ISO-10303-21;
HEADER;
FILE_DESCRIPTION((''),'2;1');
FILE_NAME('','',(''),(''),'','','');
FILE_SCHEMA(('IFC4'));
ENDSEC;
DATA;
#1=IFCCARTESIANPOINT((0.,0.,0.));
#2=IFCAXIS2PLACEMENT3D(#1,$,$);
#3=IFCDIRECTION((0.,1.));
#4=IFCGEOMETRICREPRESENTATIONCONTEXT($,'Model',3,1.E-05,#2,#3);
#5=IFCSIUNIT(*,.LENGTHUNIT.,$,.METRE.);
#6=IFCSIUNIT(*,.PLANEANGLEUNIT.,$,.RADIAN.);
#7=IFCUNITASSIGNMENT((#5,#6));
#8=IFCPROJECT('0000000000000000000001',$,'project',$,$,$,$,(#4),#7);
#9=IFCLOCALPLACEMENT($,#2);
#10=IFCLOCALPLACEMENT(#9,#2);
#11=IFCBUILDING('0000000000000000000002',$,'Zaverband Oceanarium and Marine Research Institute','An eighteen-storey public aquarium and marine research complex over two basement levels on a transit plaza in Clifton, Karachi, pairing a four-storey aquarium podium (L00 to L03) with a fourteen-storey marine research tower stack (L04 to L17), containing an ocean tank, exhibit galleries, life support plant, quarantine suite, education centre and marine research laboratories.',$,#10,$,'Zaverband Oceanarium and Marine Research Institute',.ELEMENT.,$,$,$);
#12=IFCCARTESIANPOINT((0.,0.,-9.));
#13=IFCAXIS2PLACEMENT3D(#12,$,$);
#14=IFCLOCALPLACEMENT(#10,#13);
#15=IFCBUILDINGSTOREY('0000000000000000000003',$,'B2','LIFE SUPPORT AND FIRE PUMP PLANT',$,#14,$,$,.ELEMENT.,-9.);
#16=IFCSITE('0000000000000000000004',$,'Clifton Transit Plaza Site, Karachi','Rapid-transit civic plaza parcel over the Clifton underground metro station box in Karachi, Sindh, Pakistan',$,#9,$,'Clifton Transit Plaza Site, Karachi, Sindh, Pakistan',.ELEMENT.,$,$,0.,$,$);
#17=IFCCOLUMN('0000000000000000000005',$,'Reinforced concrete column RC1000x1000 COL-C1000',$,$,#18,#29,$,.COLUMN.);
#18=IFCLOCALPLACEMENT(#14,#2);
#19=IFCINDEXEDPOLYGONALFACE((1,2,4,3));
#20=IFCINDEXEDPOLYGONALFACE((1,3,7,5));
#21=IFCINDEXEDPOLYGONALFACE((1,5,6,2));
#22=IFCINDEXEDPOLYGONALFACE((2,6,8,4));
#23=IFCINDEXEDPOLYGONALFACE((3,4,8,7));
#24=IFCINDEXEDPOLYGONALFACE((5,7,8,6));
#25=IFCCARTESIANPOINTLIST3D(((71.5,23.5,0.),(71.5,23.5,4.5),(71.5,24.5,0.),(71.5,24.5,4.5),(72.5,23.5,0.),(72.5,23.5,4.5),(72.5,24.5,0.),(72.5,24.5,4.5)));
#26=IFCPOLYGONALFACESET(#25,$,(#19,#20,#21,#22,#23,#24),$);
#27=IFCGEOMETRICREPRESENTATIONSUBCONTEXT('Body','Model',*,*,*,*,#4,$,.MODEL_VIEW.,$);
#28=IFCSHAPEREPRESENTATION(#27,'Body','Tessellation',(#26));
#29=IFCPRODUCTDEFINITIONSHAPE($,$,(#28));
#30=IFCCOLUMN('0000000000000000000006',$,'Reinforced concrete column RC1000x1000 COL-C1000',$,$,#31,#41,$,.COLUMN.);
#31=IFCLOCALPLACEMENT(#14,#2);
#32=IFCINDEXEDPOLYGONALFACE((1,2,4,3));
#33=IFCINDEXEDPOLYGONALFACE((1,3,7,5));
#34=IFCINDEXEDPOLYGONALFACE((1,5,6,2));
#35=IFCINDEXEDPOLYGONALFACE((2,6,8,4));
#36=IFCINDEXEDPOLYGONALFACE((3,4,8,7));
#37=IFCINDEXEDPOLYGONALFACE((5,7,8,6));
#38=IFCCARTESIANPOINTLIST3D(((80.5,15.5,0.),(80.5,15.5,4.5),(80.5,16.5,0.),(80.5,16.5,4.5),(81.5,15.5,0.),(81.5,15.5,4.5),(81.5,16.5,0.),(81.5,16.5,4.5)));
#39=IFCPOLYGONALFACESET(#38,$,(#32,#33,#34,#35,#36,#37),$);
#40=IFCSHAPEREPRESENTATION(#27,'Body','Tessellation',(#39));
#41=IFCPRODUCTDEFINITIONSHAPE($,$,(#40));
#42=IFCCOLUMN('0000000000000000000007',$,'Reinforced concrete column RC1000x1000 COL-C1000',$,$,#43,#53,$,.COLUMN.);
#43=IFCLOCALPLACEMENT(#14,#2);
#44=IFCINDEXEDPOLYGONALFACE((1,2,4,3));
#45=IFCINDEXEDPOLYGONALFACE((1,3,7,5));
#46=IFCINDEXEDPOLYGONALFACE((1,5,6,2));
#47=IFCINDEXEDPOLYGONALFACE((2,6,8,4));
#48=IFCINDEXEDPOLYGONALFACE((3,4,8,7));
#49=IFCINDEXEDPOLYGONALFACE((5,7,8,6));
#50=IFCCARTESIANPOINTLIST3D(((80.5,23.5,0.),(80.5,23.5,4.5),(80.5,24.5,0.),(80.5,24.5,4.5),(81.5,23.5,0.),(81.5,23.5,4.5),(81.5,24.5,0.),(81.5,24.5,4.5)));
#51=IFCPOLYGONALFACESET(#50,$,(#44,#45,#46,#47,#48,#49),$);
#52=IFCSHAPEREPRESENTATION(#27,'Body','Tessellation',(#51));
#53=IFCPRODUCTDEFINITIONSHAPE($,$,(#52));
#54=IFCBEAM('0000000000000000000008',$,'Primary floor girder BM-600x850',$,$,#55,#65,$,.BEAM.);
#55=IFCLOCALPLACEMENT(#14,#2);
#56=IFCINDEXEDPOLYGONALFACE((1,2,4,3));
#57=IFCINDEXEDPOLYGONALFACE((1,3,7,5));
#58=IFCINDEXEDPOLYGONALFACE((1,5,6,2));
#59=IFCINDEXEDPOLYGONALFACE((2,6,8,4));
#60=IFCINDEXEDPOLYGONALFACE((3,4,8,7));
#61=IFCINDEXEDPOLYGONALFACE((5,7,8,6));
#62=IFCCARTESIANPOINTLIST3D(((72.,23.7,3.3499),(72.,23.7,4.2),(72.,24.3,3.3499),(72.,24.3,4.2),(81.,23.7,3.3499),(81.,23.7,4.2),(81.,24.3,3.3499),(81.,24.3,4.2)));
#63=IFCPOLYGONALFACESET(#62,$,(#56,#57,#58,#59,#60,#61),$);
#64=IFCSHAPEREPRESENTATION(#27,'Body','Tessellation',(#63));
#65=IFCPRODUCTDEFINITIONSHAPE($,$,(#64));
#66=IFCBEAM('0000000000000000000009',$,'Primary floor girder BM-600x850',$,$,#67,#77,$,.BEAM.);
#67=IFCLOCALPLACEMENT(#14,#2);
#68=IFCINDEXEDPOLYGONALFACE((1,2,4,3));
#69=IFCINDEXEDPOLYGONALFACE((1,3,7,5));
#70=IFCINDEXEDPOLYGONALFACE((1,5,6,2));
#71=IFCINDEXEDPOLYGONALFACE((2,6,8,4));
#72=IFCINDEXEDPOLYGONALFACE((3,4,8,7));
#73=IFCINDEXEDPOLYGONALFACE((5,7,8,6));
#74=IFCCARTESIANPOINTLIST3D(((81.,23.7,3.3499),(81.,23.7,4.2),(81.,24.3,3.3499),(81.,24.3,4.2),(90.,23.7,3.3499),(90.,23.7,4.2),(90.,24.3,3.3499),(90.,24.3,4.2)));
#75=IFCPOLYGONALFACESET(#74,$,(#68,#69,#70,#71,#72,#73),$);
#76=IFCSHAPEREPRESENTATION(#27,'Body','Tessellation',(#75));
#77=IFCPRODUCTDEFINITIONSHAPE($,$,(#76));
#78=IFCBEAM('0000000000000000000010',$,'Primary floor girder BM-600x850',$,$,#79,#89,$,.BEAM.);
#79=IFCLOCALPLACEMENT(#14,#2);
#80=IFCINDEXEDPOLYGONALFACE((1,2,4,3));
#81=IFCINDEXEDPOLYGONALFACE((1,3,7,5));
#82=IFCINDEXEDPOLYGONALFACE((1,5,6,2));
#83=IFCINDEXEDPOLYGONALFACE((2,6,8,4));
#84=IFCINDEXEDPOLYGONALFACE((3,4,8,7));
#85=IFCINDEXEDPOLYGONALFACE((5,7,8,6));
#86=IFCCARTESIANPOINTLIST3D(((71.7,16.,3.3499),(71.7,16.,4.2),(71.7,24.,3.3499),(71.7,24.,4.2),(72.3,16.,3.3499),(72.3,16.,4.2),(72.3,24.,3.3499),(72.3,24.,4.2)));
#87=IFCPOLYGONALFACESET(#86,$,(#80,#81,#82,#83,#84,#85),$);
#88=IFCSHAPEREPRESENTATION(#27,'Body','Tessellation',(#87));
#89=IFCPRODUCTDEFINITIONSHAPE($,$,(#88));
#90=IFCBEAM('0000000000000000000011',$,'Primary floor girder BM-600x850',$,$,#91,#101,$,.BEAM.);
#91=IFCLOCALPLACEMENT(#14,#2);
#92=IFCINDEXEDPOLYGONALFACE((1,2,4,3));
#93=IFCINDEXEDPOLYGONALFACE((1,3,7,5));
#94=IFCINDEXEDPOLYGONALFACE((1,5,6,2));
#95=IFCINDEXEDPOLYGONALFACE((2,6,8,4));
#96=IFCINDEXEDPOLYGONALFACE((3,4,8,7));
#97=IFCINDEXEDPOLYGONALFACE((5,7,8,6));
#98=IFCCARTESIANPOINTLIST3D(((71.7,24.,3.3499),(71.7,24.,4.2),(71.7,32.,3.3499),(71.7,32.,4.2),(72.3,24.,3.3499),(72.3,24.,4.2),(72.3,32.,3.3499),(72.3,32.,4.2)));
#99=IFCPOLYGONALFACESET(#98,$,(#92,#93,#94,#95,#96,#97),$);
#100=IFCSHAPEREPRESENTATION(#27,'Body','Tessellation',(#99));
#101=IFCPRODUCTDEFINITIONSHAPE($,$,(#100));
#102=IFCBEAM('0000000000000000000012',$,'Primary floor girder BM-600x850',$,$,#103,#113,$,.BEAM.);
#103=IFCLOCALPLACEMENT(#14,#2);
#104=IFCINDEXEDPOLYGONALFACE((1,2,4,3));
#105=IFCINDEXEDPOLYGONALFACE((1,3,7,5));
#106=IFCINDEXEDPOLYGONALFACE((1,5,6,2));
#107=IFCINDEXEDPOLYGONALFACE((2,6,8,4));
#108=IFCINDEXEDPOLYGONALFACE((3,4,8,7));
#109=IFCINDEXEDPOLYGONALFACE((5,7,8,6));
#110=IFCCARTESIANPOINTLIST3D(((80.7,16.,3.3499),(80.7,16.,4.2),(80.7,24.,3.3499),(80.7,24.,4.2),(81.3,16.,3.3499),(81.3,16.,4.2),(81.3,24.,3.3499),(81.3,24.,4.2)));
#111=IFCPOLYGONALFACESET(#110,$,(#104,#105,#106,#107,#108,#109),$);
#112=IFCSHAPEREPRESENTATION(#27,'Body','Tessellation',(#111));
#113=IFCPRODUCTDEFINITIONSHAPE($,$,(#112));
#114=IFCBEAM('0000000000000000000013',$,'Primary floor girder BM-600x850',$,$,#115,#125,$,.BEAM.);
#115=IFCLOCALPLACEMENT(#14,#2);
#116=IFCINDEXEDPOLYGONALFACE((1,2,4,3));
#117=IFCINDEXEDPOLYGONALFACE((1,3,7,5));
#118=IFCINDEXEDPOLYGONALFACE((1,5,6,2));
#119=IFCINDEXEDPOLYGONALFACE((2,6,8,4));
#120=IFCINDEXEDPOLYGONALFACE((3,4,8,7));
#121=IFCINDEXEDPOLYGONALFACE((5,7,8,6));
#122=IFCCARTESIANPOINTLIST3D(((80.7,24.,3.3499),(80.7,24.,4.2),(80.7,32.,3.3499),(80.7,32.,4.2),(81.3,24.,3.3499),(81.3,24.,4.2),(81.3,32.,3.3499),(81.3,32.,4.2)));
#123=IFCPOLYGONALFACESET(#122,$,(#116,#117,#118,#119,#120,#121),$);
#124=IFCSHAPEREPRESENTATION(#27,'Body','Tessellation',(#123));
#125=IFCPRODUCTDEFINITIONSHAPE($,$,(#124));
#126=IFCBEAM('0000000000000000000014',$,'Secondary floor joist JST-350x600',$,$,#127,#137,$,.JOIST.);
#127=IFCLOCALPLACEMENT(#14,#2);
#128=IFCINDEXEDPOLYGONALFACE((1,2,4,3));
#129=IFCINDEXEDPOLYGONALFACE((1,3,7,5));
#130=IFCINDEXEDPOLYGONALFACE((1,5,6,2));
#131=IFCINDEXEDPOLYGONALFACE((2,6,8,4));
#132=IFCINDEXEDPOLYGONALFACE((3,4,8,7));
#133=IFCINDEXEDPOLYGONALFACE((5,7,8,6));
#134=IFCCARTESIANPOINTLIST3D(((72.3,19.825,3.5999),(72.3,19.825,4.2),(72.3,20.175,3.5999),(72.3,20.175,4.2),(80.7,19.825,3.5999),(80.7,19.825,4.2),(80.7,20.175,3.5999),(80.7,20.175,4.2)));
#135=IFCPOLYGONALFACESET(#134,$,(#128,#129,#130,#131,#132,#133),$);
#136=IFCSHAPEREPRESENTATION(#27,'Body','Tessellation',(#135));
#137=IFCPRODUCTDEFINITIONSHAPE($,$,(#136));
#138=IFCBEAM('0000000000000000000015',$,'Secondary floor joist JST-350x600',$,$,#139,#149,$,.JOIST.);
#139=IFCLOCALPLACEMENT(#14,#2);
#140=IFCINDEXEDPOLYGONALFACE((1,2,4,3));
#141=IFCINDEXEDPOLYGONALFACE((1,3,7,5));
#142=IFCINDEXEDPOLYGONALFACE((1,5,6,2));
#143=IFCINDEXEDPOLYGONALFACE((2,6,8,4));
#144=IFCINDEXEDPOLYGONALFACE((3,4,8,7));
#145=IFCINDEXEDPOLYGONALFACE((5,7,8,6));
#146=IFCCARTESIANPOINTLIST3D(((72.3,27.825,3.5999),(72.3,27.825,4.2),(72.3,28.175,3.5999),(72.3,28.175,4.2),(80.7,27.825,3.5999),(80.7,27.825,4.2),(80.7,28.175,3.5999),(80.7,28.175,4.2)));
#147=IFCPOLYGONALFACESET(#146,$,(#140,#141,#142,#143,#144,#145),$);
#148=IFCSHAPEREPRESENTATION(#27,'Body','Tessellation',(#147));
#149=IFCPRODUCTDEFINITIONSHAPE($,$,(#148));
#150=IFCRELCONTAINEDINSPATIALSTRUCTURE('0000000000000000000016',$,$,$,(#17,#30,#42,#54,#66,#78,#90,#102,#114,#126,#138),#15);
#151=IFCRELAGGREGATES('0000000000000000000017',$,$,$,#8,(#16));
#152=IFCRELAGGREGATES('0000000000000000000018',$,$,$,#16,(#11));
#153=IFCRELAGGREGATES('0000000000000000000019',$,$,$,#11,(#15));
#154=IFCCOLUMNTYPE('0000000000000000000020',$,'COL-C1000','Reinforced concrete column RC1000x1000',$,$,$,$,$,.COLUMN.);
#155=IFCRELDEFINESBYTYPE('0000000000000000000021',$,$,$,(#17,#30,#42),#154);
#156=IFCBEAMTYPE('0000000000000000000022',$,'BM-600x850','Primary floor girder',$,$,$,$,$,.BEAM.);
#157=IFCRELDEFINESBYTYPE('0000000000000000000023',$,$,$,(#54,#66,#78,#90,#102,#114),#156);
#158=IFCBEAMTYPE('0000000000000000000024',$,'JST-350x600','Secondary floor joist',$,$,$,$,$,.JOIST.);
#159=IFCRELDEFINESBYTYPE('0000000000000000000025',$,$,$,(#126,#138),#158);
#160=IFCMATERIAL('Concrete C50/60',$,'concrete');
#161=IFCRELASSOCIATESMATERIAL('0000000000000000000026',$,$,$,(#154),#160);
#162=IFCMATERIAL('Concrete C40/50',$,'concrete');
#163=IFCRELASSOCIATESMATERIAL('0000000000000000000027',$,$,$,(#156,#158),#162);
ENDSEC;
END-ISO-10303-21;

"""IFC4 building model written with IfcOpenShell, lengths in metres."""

from ifc_helpers import new_model, si_unit, direction, frame, origin, origin_2d, place, context, subcontext, project, spatial, rectangle, extrude, material, material_profile, profile_set, type_object, element, save


model = new_model("IFC4")

# Units and contexts
model_context = context("Model", 3, precision=1e-05, world=origin(), true_north=direction((0.0, 1.0)))
body_context = subcontext(model_context, "Body", "Model", "MODEL_VIEW")
ifc_project = project(units=[si_unit("LENGTHUNIT", "METRE"), si_unit("PLANEANGLEUNIT", "RADIAN")], contexts=[model_context])

# Site, building, storey
site_placement = place(None, origin())
site = spatial("IfcSite", under=ifc_project, at=site_placement, Name="Clifton Transit Plaza Site, Karachi", Description="Rapid-transit civic plaza parcel over the Clifton underground metro station box in Karachi, Sindh, Pakistan", LongName="Clifton Transit Plaza Site, Karachi, Sindh, Pakistan", CompositionType="ELEMENT", RefElevation=0.0)
building_placement = place(site_placement, origin())
building = spatial("IfcBuilding", under=site, at=building_placement, Name="Zaverband Oceanarium and Marine Research Institute", Description="An eighteen-storey public aquarium and marine research complex over two basement levels on a transit plaza in Clifton, Karachi, pairing a four-storey aquarium podium (L00 to L03) with a fourteen-storey marine research tower stack (L04 to L17), containing an ocean tank, exhibit galleries, life support plant, quarantine suite, education centre and marine research laboratories.", LongName="Zaverband Oceanarium and Marine Research Institute", CompositionType="ELEMENT")
storey_placement = place(building_placement, frame((0.0, 0.0, -9.0)))
storey = spatial("IfcBuildingStorey", under=building, at=storey_placement, Name="B2", Description="LIFE SUPPORT AND FIRE PUMP PLANT", CompositionType="ELEMENT", Elevation=-9.0)

# Shared definitions
ifc_material_1 = material(Name="Concrete C50/60", Category="concrete")

# Columns
ifc_material_profile_1 = material_profile(ifc_material_1, rectangle(XDim=1.0, YDim=1.0, at=origin_2d()), Name="RC1000x1000")
ifc_profile_set_1 = profile_set([ifc_material_profile_1], Name="Concrete C50/60")
column_type = type_object("IfcColumnType", Name="COL-C1000", Description="Reinforced concrete column RC1000x1000", PredefinedType="COLUMN", material=ifc_profile_set_1)
for number, where, z_axis, x_axis, name in (
    (1, (72.0, 24.0, 0.0), (0.0, 0.0, 1.0), (1.0, 0.0, 0.0), "Reinforced concrete column RC1000x1000 COL-C1000"),
    (2, (81.0, 16.0, 0.0), (0.0, 0.0, 1.0), (1.0, 0.0, 0.0), "Reinforced concrete column RC1000x1000 COL-C1000"),
    (3, (81.0, 24.0, 0.0), (0.0, 0.0, 1.0), (1.0, 0.0, 0.0), "Reinforced concrete column RC1000x1000 COL-C1000"),
):
    element("IfcColumn", number, at=place(storey_placement, frame(where, z_axis=z_axis, x_axis=x_axis)), inside=storey, type_object=column_type, Name=name, PredefinedType="COLUMN", context=body_context, shape_type="SweptSolid", body=[
        extrude(rectangle(XDim=1.0, YDim=1.0, at=origin_2d()), origin(), (0.0, 0.0, 1.0), 4.5),
    ])

# Beams
ifc_material_2 = material(Name="Concrete C40/50", Category="concrete")
ifc_material_profile_2 = material_profile(ifc_material_2, rectangle(XDim=0.6001, YDim=0.8501, at=origin_2d()), Name="RC600x850")
ifc_profile_set_2 = profile_set([ifc_material_profile_2], Name="Concrete C40/50")
beam_type_1 = type_object("IfcBeamType", Name="BM-600x850", Description="Primary floor girder", PredefinedType="BEAM", material=ifc_profile_set_2)
for number, where, z_axis, x_axis, name in (
    (4, (72.0, 24.0, 3.7749), (1.0, 0.0, 0.0), (0.0, 1.0, 0.0), "Primary floor girder BM-600x850"),
    (5, (81.0, 24.0, 3.7749), (1.0, 0.0, 0.0), (0.0, 1.0, 0.0), "Primary floor girder BM-600x850"),
):
    element("IfcBeam", number, at=place(storey_placement, frame(where, z_axis=z_axis, x_axis=x_axis)), inside=storey, type_object=beam_type_1, Name=name, PredefinedType="BEAM", context=body_context, shape_type="SweptSolid", body=[
        extrude(rectangle(XDim=0.6001, YDim=0.8501, at=origin_2d()), origin(), (0.0, 0.0, 1.0), 9.0),
    ])
for number, where, z_axis, x_axis, name in (
    (6, (72.0, 16.0, 3.7749), (0.0, 1.0, 0.0), (-1.0, 0.0, 0.0), "Primary floor girder BM-600x850"),
    (7, (72.0, 24.0, 3.7749), (0.0, 1.0, 0.0), (-1.0, 0.0, 0.0), "Primary floor girder BM-600x850"),
    (8, (81.0, 16.0, 3.7749), (0.0, 1.0, 0.0), (-1.0, 0.0, 0.0), "Primary floor girder BM-600x850"),
    (9, (81.0, 24.0, 3.7749), (0.0, 1.0, 0.0), (-1.0, 0.0, 0.0), "Primary floor girder BM-600x850"),
):
    element("IfcBeam", number, at=place(storey_placement, frame(where, z_axis=z_axis, x_axis=x_axis)), inside=storey, type_object=beam_type_1, Name=name, PredefinedType="BEAM", context=body_context, shape_type="SweptSolid", body=[
        extrude(rectangle(XDim=0.6001, YDim=0.8501, at=origin_2d()), origin(), (0.0, 0.0, 1.0), 8.0),
    ])
ifc_material_profile_3 = material_profile(ifc_material_2, rectangle(XDim=0.3501, YDim=0.6001, at=origin_2d()), Name="RC350x600")
ifc_profile_set_3 = profile_set([ifc_material_profile_3], Name="Concrete C40/50")
beam_type_2 = type_object("IfcBeamType", Name="JST-350x600", Description="Secondary floor joist", PredefinedType="JOIST", material=ifc_profile_set_3)
for number, where, z_axis, x_axis, name in (
    (10, (72.3, 20.0, 3.8999), (1.0, 0.0, 0.0), (0.0, 1.0, 0.0), "Secondary floor joist JST-350x600"),
    (11, (72.3, 28.0, 3.8999), (1.0, 0.0, 0.0), (0.0, 1.0, 0.0), "Secondary floor joist JST-350x600"),
):
    element("IfcBeam", number, at=place(storey_placement, frame(where, z_axis=z_axis, x_axis=x_axis)), inside=storey, type_object=beam_type_2, Name=name, PredefinedType="JOIST", context=body_context, shape_type="SweptSolid", body=[
        extrude(rectangle(XDim=0.3501, YDim=0.6001, at=origin_2d()), origin(), (0.0, 0.0, 1.0), 8.3999),
    ])

save(model, "model.ifc")
